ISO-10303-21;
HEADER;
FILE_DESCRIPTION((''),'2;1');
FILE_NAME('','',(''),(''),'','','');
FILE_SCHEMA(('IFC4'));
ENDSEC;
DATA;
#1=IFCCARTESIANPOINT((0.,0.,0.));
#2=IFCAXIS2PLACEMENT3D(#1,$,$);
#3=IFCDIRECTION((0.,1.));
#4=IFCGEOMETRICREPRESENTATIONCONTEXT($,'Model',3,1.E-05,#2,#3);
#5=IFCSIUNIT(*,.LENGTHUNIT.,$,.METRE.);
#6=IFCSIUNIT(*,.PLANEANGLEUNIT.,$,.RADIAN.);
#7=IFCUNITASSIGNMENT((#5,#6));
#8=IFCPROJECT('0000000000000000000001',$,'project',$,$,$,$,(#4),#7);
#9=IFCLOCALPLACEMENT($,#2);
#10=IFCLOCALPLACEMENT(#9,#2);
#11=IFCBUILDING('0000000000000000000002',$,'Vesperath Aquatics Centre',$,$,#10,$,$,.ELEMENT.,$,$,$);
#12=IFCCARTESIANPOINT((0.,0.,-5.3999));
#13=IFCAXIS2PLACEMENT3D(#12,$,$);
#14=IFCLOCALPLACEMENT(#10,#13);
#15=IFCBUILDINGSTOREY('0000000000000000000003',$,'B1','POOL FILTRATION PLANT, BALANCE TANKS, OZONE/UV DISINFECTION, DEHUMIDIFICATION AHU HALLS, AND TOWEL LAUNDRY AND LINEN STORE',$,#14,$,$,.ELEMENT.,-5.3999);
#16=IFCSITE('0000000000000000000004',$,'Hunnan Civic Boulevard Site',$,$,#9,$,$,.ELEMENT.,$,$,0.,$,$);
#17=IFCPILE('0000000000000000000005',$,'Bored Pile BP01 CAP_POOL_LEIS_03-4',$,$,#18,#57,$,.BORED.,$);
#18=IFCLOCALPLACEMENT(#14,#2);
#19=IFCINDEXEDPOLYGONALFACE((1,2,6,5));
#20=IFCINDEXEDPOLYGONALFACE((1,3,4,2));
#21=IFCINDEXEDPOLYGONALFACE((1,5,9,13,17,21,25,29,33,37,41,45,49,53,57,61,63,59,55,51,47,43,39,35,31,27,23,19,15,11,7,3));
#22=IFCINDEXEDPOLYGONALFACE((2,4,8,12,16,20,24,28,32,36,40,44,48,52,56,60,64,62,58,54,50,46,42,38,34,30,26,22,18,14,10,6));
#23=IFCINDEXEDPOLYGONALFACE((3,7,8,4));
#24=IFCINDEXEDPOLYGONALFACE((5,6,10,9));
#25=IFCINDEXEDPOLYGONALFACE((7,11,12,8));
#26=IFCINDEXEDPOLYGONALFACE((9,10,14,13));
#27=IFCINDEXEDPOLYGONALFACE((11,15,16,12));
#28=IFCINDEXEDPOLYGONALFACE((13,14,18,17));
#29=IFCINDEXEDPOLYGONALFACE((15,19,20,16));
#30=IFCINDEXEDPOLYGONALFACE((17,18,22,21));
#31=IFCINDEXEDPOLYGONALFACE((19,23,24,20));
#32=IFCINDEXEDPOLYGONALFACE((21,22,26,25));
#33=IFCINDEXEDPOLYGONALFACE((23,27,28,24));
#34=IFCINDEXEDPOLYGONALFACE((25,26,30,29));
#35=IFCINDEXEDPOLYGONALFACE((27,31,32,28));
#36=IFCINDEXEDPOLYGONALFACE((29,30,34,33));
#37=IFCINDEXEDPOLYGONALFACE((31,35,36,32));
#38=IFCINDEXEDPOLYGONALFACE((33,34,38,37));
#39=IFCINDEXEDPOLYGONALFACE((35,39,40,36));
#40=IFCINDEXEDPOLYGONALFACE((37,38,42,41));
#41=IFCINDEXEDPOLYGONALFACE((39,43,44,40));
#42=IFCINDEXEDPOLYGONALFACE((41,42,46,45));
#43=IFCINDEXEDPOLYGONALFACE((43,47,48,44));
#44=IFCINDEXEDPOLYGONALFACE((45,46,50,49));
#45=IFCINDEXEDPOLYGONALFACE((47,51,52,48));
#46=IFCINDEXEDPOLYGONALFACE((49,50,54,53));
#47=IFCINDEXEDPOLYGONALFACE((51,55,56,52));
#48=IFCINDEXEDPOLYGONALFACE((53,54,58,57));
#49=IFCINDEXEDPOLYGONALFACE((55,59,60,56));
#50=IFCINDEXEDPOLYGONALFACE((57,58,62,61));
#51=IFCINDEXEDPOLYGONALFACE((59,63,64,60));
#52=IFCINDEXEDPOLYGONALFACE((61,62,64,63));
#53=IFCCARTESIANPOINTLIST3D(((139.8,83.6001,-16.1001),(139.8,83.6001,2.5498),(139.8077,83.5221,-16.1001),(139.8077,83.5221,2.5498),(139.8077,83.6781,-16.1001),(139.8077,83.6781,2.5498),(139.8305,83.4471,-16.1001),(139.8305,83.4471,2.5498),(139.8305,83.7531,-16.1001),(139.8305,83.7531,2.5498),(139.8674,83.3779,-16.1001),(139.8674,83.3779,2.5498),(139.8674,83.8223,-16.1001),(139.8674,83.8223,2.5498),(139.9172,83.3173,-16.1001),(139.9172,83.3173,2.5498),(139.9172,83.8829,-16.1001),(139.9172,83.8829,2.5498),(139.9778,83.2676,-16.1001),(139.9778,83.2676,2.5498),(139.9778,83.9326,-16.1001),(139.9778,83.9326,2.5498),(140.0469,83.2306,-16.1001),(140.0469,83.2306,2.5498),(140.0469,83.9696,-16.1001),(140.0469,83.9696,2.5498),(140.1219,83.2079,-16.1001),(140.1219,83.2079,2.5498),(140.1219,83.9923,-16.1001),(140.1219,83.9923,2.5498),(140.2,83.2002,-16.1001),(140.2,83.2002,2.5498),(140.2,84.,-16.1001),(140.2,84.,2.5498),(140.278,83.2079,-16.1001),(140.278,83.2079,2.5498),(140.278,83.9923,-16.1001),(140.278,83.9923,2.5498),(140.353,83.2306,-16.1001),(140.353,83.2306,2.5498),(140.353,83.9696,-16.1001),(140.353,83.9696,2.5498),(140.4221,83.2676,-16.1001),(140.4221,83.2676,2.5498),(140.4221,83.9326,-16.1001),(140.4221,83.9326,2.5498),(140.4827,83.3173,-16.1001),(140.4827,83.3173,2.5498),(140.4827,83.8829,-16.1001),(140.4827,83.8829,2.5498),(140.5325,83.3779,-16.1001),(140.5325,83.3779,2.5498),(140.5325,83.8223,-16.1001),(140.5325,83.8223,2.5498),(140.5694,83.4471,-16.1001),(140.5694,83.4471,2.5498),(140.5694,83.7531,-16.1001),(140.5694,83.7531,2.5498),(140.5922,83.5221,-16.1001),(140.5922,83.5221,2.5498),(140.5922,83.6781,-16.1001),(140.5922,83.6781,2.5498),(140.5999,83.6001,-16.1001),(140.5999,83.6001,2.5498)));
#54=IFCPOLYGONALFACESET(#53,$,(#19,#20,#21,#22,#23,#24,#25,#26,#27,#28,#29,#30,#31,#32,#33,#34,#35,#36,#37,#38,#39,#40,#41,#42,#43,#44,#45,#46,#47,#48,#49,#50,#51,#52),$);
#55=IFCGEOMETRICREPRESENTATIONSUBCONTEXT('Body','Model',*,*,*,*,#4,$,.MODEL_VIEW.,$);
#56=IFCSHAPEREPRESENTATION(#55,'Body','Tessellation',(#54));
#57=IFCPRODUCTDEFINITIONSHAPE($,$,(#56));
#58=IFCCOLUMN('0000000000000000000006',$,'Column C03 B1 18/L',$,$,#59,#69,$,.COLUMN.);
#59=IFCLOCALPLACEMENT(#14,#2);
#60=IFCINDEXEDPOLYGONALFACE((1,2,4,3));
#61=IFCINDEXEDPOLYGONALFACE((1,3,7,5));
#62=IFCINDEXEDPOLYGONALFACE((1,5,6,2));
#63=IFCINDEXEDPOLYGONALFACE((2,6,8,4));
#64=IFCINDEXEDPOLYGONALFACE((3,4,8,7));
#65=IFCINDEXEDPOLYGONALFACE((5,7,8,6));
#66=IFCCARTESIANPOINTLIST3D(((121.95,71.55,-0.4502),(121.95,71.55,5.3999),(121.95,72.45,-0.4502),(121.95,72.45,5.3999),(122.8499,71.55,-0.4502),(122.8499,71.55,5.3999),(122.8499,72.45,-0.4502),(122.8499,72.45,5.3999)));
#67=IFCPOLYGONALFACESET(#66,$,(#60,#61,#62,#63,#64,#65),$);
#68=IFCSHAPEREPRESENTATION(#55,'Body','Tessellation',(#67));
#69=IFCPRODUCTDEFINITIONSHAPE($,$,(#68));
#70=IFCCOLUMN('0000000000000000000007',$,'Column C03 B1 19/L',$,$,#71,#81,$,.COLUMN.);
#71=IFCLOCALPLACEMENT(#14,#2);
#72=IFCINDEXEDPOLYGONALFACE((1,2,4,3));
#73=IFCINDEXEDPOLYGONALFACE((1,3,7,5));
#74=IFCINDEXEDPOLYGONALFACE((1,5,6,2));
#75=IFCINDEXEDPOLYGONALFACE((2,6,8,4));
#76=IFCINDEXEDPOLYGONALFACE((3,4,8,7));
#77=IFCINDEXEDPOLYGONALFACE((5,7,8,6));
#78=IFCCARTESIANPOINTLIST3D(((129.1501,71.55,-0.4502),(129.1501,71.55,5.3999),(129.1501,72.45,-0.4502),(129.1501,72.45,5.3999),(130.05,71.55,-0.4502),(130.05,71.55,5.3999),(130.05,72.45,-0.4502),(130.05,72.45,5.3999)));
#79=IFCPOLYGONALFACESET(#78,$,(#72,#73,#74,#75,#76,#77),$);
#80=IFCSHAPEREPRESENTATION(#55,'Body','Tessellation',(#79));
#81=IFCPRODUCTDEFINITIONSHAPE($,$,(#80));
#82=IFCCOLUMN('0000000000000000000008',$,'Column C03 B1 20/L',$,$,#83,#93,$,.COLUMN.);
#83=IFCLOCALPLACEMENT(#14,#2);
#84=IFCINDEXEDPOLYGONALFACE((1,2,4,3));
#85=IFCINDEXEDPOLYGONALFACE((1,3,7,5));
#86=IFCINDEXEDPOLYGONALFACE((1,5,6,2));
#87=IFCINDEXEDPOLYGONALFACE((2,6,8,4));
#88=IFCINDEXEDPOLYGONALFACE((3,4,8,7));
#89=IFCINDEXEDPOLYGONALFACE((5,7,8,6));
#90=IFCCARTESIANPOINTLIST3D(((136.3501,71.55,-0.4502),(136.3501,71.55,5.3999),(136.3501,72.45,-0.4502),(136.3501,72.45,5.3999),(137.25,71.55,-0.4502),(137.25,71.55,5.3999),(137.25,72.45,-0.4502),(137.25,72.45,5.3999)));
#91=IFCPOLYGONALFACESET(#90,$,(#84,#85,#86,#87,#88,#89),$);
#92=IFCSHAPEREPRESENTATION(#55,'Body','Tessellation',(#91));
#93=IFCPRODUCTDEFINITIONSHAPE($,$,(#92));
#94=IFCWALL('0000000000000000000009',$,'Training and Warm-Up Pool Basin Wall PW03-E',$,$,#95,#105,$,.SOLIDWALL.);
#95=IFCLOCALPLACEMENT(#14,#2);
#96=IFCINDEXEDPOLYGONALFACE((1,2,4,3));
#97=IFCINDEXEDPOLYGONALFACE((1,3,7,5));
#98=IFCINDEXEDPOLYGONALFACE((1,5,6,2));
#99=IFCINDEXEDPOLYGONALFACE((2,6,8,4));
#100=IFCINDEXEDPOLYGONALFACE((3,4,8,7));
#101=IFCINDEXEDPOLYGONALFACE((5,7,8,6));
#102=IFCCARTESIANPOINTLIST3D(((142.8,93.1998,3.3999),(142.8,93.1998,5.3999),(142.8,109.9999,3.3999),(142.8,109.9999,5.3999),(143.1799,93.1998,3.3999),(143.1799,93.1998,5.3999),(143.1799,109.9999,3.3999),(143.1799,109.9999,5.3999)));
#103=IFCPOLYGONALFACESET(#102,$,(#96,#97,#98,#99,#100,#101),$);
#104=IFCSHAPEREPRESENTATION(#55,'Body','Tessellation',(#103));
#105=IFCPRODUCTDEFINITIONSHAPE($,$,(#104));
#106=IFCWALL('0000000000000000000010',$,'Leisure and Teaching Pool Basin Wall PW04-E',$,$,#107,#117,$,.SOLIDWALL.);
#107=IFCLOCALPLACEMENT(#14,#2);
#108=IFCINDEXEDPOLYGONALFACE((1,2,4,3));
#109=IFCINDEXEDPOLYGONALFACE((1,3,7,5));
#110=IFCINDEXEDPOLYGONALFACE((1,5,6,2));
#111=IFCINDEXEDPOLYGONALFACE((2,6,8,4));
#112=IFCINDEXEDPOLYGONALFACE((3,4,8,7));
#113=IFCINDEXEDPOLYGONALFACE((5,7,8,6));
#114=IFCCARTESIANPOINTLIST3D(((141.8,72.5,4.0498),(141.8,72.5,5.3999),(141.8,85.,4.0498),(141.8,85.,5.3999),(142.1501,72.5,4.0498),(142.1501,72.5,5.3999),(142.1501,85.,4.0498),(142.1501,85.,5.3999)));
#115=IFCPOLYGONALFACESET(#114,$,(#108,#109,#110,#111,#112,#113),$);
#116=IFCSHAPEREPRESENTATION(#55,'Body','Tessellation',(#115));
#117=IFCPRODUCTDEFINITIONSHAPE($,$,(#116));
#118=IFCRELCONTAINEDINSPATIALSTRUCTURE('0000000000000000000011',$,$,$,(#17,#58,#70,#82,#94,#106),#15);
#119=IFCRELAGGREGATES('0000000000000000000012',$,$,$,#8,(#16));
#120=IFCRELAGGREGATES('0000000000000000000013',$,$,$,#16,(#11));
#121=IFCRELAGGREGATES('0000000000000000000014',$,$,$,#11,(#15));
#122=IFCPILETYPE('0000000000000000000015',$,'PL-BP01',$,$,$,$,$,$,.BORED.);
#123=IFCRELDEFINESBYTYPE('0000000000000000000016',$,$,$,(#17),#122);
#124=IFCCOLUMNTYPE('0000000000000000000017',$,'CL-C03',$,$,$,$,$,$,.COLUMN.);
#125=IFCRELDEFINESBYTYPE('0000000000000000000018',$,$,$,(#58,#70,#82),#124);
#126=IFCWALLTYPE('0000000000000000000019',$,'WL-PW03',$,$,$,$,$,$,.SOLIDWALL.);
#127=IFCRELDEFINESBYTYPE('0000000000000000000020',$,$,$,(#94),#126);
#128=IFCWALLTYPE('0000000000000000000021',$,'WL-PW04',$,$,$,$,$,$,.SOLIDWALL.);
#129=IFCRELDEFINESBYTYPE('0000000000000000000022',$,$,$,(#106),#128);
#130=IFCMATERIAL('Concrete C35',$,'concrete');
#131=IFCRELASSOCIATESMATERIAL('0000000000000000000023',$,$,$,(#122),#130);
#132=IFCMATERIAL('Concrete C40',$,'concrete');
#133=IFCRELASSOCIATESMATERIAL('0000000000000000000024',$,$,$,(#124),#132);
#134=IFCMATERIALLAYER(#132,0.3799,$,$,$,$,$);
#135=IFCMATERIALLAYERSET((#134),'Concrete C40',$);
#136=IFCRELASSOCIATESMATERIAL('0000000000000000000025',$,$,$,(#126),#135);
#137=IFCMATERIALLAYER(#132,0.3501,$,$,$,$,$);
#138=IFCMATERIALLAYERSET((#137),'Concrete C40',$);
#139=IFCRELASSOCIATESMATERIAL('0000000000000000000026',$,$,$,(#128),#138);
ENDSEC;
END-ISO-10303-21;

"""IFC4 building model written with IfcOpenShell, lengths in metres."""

from ifc_helpers import new_model, si_unit, direction, frame, frame_2d, origin, origin_2d, place, context, subcontext, project, spatial, rectangle, circle, extrude, material, layer, layer_set, material_profile, profile_set, type_object, element, save


model = new_model("IFC4")

# Units and contexts
model_context = context("Model", 3, precision=1e-05, world=origin(), true_north=direction((0.0, 1.0)))
body_context = subcontext(model_context, "Body", "Model", "MODEL_VIEW")
ifc_project = project(units=[si_unit("LENGTHUNIT", "METRE"), si_unit("PLANEANGLEUNIT", "RADIAN")], contexts=[model_context])

# Site, building, storey
site_placement = place(None, origin())
site = spatial("IfcSite", under=ifc_project, at=site_placement, Name="Hunnan Civic Boulevard Site", CompositionType="ELEMENT", RefElevation=0.0)
building_placement = place(site_placement, origin())
building = spatial("IfcBuilding", under=site, at=building_placement, Name="Vesperath Aquatics Centre", CompositionType="ELEMENT")
storey_placement = place(building_placement, frame((0.0, 0.0, -5.3999)))
storey = spatial("IfcBuildingStorey", under=building, at=storey_placement, Name="B1", Description="POOL FILTRATION PLANT, BALANCE TANKS, OZONE/UV DISINFECTION, DEHUMIDIFICATION AHU HALLS, AND TOWEL LAUNDRY AND LINEN STORE", CompositionType="ELEMENT", Elevation=-5.3999)

# Shared definitions
ifc_material_1 = material(Name="Concrete C40", Category="concrete")

# Pile
ifc_material_2 = material(Name="Concrete C35", Category="concrete")
ifc_material_profile_1 = material_profile(ifc_material_2, circle(Radius=0.3999, at=origin_2d()), Name="PILE D800")
ifc_profile_set_1 = profile_set([ifc_material_profile_1], Name="Concrete C35")
pile_type = type_object("IfcPileType", Name="PL-BP01", PredefinedType="BORED", material=ifc_profile_set_1)
for number, where, z_axis, x_axis, name in (
    (1, (140.2, 83.6001, 2.5498), (0.0, 0.0, -1.0), (1.0, 0.0, 0.0), "Bored Pile BP01 CAP_POOL_LEIS_03-4"),
):
    element("IfcPile", number, at=place(storey_placement, frame(where, z_axis=z_axis, x_axis=x_axis)), inside=storey, type_object=pile_type, Name=name, PredefinedType="BORED", context=body_context, shape_type="SweptSolid", body=[
        extrude(circle(Radius=0.3999, at=origin_2d()), origin(), (0.0, 0.0, 1.0), 18.6499),
    ])

# Columns
ifc_material_profile_2 = material_profile(ifc_material_1, rectangle(XDim=0.8999, YDim=0.8999, at=origin_2d()), Name="RC 900x900")
ifc_profile_set_2 = profile_set([ifc_material_profile_2], Name="Concrete C40")
column_type = type_object("IfcColumnType", Name="CL-C03", PredefinedType="COLUMN", material=ifc_profile_set_2)
for number, where, z_axis, x_axis, name in (
    (2, (122.3999, 72.0, -0.4502), (0.0, 0.0, 1.0), (1.0, 0.0, 0.0), "Column C03 B1 18/L"),
    (3, (129.6001, 72.0, -0.4502), (0.0, 0.0, 1.0), (1.0, 0.0, 0.0), "Column C03 B1 19/L"),
    (4, (136.8, 72.0, -0.4502), (0.0, 0.0, 1.0), (1.0, 0.0, 0.0), "Column C03 B1 20/L"),
):
    element("IfcColumn", number, at=place(storey_placement, frame(where, z_axis=z_axis, x_axis=x_axis)), inside=storey, type_object=column_type, Name=name, PredefinedType="COLUMN", context=body_context, shape_type="SweptSolid", body=[
        extrude(rectangle(XDim=0.8999, YDim=0.8999, at=origin_2d()), origin(), (0.0, 0.0, 1.0), 5.8501),
    ])

# Walls
ifc_layer_1 = layer(ifc_material_1, 0.3799)
ifc_layer_set_1 = layer_set([ifc_layer_1], Name="Concrete C40")
wall_type_1 = type_object("IfcWallType", Name="WL-PW03", PredefinedType="SOLIDWALL", material=ifc_layer_set_1)
wall_1_placement = place(storey_placement, frame((142.99, 93.2, 3.3999), z_axis=(0.0, 0.0, 1.0), x_axis=(0.0, 1.0, 0.0)))
element("IfcWall", 5, at=wall_1_placement, inside=storey, type_object=wall_type_1, Name="Training and Warm-Up Pool Basin Wall PW03-E", PredefinedType="SOLIDWALL", context=body_context, shape_type="SweptSolid", body=[
    extrude(rectangle(XDim=16.8, YDim=0.3799, at=frame_2d((8.3999, 0.0))), origin(), (0.0, 0.0, 1.0), 2.0),
])
ifc_layer_2 = layer(ifc_material_1, 0.3501)
ifc_layer_set_2 = layer_set([ifc_layer_2], Name="Concrete C40")
wall_type_2 = type_object("IfcWallType", Name="WL-PW04", PredefinedType="SOLIDWALL", material=ifc_layer_set_2)
wall_2_placement = place(storey_placement, frame((141.9751, 72.5, 4.0498), z_axis=(0.0, 0.0, 1.0), x_axis=(0.0, 1.0, 0.0)))
element("IfcWall", 6, at=wall_2_placement, inside=storey, type_object=wall_type_2, Name="Leisure and Teaching Pool Basin Wall PW04-E", PredefinedType="SOLIDWALL", context=body_context, shape_type="SweptSolid", body=[
    extrude(rectangle(XDim=12.5, YDim=0.3501, at=frame_2d((6.25, 0.0))), origin(), (0.0, 0.0, 1.0), 1.3501),
])

save(model, "model.ifc")
